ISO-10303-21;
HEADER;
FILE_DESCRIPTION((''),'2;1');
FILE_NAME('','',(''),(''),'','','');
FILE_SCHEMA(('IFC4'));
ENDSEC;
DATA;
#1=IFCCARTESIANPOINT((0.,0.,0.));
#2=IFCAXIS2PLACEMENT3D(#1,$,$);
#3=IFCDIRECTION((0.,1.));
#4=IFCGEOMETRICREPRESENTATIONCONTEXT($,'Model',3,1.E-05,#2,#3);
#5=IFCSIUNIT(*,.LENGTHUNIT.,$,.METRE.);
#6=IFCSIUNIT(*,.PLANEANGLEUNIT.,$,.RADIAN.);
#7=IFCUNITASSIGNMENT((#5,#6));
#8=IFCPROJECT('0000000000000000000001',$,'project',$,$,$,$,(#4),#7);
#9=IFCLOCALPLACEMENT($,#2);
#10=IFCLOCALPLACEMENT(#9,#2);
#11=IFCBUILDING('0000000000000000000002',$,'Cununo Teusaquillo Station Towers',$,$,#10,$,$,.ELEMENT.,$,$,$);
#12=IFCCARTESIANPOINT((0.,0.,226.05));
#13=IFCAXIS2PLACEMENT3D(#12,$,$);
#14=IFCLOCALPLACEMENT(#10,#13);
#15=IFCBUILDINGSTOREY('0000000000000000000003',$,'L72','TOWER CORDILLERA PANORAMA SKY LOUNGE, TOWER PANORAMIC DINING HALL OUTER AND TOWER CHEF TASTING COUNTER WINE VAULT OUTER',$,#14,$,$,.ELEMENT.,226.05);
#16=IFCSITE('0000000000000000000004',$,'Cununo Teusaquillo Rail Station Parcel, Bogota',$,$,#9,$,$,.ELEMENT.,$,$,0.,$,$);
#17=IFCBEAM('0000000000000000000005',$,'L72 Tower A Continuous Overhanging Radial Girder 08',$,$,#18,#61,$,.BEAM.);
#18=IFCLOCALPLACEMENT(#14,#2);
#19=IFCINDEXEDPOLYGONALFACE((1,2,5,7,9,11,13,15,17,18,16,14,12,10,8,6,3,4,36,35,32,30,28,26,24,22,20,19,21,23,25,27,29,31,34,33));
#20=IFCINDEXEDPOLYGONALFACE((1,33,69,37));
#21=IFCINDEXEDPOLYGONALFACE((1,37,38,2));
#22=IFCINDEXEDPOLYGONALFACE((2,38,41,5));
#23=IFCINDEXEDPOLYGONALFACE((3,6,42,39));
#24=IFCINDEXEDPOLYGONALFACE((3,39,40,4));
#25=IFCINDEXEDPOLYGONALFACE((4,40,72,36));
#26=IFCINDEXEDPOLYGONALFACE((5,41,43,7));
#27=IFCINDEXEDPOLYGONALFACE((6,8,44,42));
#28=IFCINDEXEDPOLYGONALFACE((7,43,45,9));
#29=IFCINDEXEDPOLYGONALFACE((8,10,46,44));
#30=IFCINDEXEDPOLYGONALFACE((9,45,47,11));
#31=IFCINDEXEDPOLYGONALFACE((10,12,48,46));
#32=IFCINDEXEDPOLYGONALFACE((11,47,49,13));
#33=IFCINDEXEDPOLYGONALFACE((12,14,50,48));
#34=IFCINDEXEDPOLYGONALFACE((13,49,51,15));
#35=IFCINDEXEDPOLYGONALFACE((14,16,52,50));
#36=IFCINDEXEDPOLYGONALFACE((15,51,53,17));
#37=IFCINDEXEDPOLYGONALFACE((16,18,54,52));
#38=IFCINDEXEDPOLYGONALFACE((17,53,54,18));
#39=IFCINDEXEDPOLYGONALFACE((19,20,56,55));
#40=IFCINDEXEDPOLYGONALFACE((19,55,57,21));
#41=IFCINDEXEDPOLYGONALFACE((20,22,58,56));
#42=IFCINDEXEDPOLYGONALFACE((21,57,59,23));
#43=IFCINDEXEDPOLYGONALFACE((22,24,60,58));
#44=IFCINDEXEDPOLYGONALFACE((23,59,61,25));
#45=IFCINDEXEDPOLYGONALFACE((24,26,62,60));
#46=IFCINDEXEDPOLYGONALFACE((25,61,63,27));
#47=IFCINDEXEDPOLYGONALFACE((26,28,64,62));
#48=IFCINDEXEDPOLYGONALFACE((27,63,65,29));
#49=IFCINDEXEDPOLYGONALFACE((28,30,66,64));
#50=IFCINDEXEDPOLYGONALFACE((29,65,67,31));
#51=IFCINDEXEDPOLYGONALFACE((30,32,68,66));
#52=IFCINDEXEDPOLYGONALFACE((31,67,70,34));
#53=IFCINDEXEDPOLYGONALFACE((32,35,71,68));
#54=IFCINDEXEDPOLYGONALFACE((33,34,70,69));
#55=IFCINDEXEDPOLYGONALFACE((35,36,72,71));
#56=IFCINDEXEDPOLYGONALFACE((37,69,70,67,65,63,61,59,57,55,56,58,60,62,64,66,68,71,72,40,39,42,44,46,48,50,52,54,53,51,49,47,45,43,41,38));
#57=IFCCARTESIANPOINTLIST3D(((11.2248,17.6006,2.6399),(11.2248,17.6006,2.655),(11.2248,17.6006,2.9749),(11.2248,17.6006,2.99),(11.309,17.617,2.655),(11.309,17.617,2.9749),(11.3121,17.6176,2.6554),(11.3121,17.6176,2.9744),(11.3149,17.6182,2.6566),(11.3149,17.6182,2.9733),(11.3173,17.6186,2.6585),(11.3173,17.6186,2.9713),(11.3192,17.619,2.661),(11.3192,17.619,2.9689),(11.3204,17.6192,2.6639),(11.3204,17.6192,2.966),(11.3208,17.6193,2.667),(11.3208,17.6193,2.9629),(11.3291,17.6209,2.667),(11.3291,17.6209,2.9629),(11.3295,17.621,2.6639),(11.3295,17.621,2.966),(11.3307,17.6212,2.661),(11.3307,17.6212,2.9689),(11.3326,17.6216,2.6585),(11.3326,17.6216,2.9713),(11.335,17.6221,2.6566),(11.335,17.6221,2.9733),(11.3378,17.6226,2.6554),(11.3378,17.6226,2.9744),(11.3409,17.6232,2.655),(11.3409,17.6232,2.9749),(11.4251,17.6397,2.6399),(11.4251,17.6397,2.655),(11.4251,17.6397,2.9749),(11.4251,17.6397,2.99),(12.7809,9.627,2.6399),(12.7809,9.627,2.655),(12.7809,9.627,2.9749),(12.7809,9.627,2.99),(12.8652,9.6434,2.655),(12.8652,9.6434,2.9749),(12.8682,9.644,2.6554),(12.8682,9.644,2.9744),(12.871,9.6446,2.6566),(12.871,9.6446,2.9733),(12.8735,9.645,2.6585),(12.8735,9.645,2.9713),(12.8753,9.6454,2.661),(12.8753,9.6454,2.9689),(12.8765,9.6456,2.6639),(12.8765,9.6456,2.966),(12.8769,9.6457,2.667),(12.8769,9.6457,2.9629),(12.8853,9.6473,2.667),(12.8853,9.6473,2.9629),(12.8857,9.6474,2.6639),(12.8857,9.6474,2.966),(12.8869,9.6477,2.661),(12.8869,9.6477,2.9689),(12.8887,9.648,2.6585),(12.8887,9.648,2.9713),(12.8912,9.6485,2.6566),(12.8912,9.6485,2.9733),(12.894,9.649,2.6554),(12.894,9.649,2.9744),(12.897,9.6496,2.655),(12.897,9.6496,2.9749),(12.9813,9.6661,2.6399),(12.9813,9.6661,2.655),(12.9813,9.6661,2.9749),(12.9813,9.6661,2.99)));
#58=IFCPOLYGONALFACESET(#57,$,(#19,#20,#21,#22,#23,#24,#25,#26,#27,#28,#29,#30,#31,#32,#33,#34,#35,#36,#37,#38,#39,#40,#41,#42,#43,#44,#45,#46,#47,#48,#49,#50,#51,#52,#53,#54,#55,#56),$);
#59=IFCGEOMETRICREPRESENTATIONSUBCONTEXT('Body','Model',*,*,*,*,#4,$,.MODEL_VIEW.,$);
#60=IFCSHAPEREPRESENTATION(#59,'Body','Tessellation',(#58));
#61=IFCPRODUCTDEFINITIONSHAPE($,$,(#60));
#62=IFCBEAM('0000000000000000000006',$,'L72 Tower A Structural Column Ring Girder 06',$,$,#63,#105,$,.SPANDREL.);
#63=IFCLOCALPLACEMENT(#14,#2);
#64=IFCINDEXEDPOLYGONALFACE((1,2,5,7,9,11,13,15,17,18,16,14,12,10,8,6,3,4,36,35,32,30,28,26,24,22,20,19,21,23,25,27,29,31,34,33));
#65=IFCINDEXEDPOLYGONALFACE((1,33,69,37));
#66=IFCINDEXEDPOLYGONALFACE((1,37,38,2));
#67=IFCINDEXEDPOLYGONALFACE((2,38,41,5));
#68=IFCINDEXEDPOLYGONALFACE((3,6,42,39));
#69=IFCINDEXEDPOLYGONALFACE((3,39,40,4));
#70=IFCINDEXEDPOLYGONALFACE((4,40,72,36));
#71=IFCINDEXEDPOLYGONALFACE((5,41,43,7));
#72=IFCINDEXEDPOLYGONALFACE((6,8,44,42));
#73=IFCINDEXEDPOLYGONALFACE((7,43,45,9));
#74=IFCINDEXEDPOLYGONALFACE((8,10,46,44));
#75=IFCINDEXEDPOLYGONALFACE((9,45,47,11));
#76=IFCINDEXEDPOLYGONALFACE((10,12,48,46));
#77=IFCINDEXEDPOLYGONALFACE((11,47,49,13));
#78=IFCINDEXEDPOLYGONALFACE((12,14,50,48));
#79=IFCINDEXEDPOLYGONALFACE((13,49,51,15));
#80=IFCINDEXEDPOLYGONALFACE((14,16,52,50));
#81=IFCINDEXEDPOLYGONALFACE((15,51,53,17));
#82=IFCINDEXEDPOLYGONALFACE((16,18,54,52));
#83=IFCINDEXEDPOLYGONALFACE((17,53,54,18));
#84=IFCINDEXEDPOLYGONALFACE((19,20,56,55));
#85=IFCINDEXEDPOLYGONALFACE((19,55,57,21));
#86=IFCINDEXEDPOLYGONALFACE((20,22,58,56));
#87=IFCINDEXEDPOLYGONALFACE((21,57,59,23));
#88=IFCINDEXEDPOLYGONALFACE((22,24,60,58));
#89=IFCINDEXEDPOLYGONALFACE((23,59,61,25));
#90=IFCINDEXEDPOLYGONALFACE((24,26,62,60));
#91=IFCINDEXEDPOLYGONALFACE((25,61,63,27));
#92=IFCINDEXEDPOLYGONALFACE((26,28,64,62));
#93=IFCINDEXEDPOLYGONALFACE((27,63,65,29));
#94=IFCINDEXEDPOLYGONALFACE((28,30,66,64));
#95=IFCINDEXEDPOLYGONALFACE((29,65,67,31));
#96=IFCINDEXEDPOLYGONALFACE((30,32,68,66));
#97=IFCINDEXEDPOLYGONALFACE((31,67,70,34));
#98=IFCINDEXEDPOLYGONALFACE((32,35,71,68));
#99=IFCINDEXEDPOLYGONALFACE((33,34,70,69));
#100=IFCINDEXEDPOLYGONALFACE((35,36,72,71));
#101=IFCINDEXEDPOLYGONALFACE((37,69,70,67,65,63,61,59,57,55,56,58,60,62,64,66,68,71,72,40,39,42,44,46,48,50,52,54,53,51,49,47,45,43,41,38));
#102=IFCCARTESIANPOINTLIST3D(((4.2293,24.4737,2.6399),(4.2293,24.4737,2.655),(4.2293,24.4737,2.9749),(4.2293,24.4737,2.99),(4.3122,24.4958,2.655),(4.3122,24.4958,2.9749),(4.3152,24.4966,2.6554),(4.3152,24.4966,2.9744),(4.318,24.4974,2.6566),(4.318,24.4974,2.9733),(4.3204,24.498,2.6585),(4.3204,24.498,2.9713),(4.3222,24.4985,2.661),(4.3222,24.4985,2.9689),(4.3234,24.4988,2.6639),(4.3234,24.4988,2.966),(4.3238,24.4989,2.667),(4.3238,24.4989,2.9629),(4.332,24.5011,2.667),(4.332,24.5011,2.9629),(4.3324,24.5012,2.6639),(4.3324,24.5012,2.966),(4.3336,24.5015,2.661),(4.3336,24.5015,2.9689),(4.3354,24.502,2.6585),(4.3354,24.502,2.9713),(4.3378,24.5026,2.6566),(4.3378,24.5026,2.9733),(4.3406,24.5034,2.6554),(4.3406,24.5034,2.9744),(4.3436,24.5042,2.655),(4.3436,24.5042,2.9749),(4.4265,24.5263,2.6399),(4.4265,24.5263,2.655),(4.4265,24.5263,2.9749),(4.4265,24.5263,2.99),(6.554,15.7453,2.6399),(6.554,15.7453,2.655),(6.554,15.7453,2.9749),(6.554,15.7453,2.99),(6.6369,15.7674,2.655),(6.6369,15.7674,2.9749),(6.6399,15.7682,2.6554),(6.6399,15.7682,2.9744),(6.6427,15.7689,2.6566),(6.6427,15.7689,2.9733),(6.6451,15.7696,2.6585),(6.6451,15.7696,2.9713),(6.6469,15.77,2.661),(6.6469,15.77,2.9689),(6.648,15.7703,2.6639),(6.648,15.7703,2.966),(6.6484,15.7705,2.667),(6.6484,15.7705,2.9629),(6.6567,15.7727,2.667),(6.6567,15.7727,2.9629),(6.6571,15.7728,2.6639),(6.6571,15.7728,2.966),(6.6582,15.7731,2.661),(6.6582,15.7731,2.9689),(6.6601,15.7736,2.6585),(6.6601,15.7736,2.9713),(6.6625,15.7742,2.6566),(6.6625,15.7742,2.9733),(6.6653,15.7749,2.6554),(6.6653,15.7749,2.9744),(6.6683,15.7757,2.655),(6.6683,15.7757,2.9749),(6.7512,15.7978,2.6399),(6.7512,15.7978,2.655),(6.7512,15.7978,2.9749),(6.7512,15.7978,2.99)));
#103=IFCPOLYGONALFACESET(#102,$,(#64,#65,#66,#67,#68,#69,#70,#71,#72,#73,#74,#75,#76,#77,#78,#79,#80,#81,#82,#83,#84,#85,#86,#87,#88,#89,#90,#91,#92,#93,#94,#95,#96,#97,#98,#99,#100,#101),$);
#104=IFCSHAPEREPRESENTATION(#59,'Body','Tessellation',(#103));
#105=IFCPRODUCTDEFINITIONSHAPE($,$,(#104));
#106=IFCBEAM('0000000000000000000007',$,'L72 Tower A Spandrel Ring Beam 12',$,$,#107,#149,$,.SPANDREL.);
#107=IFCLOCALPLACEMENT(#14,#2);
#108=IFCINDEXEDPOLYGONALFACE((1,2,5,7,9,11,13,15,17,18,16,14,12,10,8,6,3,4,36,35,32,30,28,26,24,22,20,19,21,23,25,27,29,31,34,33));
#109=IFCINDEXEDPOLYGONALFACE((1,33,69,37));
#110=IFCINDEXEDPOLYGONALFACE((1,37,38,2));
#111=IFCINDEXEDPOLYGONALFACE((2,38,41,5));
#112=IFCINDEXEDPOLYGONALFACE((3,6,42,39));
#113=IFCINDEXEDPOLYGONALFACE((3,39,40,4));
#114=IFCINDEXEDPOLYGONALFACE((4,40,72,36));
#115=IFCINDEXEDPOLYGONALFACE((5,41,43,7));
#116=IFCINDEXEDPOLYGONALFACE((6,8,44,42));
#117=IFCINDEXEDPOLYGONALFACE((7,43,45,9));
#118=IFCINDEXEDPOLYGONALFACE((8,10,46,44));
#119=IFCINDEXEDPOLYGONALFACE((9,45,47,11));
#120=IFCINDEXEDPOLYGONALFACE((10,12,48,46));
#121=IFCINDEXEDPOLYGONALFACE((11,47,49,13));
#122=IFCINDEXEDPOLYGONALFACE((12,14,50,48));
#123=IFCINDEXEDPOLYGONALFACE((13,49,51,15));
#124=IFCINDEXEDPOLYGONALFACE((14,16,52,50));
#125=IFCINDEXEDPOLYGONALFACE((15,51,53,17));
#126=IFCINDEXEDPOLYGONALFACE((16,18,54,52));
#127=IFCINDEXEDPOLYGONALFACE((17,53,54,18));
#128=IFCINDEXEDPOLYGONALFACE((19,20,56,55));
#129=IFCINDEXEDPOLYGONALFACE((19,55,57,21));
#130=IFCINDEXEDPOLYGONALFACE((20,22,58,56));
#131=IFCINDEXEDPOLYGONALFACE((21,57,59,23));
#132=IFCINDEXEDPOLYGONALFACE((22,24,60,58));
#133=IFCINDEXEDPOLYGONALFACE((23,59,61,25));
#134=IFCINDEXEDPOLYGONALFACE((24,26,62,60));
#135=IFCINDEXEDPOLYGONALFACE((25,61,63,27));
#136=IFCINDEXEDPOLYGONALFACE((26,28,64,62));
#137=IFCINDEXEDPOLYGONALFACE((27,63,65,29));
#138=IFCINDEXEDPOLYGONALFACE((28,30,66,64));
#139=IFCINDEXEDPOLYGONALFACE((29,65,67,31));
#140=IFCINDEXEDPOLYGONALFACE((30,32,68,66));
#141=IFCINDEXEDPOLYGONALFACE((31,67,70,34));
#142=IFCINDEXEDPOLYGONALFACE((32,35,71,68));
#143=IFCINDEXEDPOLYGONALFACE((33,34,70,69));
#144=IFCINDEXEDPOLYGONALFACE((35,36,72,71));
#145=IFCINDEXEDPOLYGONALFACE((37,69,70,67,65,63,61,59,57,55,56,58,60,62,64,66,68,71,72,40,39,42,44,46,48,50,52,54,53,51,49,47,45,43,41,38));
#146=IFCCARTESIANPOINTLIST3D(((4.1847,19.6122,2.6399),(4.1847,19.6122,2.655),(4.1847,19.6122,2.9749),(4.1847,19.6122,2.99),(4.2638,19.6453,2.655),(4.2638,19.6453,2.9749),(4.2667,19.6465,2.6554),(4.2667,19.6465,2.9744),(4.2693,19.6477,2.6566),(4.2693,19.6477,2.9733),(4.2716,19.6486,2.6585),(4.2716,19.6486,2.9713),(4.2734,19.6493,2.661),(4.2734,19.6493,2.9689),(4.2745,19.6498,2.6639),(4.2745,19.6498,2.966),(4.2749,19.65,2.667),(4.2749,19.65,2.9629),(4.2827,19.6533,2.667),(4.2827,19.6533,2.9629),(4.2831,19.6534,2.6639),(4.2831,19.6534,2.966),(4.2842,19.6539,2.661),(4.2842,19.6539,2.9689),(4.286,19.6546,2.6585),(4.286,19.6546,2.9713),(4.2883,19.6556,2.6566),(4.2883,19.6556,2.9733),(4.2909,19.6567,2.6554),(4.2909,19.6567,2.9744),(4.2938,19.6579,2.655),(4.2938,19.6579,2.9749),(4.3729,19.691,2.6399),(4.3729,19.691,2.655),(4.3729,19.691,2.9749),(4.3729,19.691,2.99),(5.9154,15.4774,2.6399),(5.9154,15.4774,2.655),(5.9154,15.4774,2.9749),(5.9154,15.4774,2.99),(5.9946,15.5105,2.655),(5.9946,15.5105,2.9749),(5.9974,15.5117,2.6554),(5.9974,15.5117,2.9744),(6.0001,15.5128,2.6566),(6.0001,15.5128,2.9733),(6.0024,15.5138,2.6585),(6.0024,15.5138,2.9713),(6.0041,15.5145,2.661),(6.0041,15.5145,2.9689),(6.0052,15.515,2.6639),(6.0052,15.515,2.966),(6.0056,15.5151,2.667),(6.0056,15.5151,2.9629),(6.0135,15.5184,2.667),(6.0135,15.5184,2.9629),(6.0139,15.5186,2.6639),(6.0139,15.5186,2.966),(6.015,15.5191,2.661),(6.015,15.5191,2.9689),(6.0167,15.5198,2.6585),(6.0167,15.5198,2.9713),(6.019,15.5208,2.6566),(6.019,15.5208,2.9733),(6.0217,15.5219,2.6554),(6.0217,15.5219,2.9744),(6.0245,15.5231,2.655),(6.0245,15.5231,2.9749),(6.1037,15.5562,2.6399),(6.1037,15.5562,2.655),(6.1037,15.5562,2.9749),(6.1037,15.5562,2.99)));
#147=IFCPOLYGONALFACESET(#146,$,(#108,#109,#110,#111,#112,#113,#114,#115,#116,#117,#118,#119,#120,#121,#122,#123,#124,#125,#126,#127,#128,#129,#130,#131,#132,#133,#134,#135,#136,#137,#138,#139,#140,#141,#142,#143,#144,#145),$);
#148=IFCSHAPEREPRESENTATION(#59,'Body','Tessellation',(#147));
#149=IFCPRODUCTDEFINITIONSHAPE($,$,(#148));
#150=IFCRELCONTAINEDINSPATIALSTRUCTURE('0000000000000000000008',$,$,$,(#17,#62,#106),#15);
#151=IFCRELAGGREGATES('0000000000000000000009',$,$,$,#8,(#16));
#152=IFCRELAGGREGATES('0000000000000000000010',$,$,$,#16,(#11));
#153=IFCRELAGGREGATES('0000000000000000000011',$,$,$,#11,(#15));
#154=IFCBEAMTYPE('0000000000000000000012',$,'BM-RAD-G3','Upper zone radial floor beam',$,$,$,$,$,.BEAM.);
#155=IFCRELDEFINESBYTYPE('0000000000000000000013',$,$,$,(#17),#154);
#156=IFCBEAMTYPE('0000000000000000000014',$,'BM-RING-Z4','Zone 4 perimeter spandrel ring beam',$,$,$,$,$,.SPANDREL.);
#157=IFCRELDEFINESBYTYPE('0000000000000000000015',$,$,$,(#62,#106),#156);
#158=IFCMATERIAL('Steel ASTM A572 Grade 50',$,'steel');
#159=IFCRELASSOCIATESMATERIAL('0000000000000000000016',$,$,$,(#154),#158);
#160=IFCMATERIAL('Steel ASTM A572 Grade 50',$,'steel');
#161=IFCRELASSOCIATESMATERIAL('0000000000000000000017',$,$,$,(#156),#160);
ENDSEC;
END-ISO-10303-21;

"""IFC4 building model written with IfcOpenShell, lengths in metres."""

from ifc_helpers import new_model, si_unit, direction, frame, origin, origin_2d, place, context, subcontext, project, spatial, i_section, extrude, material, material_profile, profile_set, type_object, element, save


model = new_model("IFC4")

# Units and contexts
model_context = context("Model", 3, precision=1e-05, world=origin(), true_north=direction((0.0, 1.0)))
body_context = subcontext(model_context, "Body", "Model", "MODEL_VIEW")
ifc_project = project(units=[si_unit("LENGTHUNIT", "METRE"), si_unit("PLANEANGLEUNIT", "RADIAN")], contexts=[model_context])

# Site, building, storey
site_placement = place(None, origin())
site = spatial("IfcSite", under=ifc_project, at=site_placement, Name="Cununo Teusaquillo Rail Station Parcel, Bogota", CompositionType="ELEMENT", RefElevation=0.0)
building_placement = place(site_placement, origin())
building = spatial("IfcBuilding", under=site, at=building_placement, Name="Cununo Teusaquillo Station Towers", CompositionType="ELEMENT")
storey_placement = place(building_placement, frame((0.0, 0.0, 226.05)))
storey = spatial("IfcBuildingStorey", under=building, at=storey_placement, Name="L72", Description="TOWER CORDILLERA PANORAMA SKY LOUNGE, TOWER PANORAMIC DINING HALL OUTER AND TOWER CHEF TASTING COUNTER WINE VAULT OUTER", CompositionType="ELEMENT", Elevation=226.05)

# Beams
ifc_material_1 = material(Name="Steel ASTM A572 Grade 50", Category="steel")
ifc_material_profile_1 = material_profile(ifc_material_1, i_section(OverallWidth=0.2041, OverallDepth=0.3501, WebThickness=0.0085, FlangeThickness=0.0151, FilletRadius=0.012, at=origin_2d()), Name="W14X48")
ifc_profile_set_1 = profile_set([ifc_material_profile_1], Name="Steel ASTM A572 Grade 50")
beam_type_1 = type_object("IfcBeamType", Name="BM-RAD-G3", Description="Upper zone radial floor beam", PredefinedType="BEAM", material=ifc_profile_set_1)
beam_1_placement = place(storey_placement, frame((11.325, 17.6201, 2.8149), z_axis=(0.191548, -0.981483, 0.0), x_axis=(0.981483, 0.191548, 0.0)))
element("IfcBeam", 1, at=beam_1_placement, inside=storey, type_object=beam_type_1, Name="L72 Tower A Continuous Overhanging Radial Girder 08", PredefinedType="BEAM", context=body_context, shape_type="SweptSolid", body=[
    extrude(i_section(OverallWidth=0.2041, OverallDepth=0.3501, WebThickness=0.0085, FlangeThickness=0.0151, FilletRadius=0.012, at=origin_2d()), origin(), (0.0, 0.0, 1.0), 8.124),
])
ifc_material_2 = material(Name="Steel ASTM A572 Grade 50", Category="steel")
ifc_material_profile_2 = material_profile(ifc_material_2, i_section(OverallWidth=0.2041, OverallDepth=0.3501, WebThickness=0.0085, FlangeThickness=0.0151, FilletRadius=0.012, at=origin_2d()), Name="W14X48")
ifc_profile_set_2 = profile_set([ifc_material_profile_2], Name="Steel ASTM A572 Grade 50")
beam_type_2 = type_object("IfcBeamType", Name="BM-RING-Z4", Description="Zone 4 perimeter spandrel ring beam", PredefinedType="SPANDREL", material=ifc_profile_set_2)
beam_2_placement = place(storey_placement, frame((4.3279, 24.5, 2.8149), z_axis=(0.257363, -0.966315, 0.0), x_axis=(0.966315, 0.257363, 0.0)))
element("IfcBeam", 2, at=beam_2_placement, inside=storey, type_object=beam_type_2, Name="L72 Tower A Structural Column Ring Girder 06", PredefinedType="SPANDREL", context=body_context, shape_type="SweptSolid", body=[
    extrude(i_section(OverallWidth=0.2041, OverallDepth=0.3501, WebThickness=0.0085, FlangeThickness=0.0151, FilletRadius=0.012, at=origin_2d()), origin(), (0.0, 0.0, 1.0), 9.0327),
])
beam_3_placement = place(storey_placement, frame((4.2788, 19.6516, 2.8149), z_axis=(0.386115, -0.92245, 0.0), x_axis=(0.92245, 0.386115, 0.0)))
element("IfcBeam", 3, at=beam_3_placement, inside=storey, type_object=beam_type_2, Name="L72 Tower A Spandrel Ring Beam 12", PredefinedType="SPANDREL", context=body_context, shape_type="SweptSolid", body=[
    extrude(i_section(OverallWidth=0.2041, OverallDepth=0.3501, WebThickness=0.0085, FlangeThickness=0.0151, FilletRadius=0.012, at=origin_2d()), origin(), (0.0, 0.0, 1.0), 4.4824),
])

save(model, "model.ifc")
